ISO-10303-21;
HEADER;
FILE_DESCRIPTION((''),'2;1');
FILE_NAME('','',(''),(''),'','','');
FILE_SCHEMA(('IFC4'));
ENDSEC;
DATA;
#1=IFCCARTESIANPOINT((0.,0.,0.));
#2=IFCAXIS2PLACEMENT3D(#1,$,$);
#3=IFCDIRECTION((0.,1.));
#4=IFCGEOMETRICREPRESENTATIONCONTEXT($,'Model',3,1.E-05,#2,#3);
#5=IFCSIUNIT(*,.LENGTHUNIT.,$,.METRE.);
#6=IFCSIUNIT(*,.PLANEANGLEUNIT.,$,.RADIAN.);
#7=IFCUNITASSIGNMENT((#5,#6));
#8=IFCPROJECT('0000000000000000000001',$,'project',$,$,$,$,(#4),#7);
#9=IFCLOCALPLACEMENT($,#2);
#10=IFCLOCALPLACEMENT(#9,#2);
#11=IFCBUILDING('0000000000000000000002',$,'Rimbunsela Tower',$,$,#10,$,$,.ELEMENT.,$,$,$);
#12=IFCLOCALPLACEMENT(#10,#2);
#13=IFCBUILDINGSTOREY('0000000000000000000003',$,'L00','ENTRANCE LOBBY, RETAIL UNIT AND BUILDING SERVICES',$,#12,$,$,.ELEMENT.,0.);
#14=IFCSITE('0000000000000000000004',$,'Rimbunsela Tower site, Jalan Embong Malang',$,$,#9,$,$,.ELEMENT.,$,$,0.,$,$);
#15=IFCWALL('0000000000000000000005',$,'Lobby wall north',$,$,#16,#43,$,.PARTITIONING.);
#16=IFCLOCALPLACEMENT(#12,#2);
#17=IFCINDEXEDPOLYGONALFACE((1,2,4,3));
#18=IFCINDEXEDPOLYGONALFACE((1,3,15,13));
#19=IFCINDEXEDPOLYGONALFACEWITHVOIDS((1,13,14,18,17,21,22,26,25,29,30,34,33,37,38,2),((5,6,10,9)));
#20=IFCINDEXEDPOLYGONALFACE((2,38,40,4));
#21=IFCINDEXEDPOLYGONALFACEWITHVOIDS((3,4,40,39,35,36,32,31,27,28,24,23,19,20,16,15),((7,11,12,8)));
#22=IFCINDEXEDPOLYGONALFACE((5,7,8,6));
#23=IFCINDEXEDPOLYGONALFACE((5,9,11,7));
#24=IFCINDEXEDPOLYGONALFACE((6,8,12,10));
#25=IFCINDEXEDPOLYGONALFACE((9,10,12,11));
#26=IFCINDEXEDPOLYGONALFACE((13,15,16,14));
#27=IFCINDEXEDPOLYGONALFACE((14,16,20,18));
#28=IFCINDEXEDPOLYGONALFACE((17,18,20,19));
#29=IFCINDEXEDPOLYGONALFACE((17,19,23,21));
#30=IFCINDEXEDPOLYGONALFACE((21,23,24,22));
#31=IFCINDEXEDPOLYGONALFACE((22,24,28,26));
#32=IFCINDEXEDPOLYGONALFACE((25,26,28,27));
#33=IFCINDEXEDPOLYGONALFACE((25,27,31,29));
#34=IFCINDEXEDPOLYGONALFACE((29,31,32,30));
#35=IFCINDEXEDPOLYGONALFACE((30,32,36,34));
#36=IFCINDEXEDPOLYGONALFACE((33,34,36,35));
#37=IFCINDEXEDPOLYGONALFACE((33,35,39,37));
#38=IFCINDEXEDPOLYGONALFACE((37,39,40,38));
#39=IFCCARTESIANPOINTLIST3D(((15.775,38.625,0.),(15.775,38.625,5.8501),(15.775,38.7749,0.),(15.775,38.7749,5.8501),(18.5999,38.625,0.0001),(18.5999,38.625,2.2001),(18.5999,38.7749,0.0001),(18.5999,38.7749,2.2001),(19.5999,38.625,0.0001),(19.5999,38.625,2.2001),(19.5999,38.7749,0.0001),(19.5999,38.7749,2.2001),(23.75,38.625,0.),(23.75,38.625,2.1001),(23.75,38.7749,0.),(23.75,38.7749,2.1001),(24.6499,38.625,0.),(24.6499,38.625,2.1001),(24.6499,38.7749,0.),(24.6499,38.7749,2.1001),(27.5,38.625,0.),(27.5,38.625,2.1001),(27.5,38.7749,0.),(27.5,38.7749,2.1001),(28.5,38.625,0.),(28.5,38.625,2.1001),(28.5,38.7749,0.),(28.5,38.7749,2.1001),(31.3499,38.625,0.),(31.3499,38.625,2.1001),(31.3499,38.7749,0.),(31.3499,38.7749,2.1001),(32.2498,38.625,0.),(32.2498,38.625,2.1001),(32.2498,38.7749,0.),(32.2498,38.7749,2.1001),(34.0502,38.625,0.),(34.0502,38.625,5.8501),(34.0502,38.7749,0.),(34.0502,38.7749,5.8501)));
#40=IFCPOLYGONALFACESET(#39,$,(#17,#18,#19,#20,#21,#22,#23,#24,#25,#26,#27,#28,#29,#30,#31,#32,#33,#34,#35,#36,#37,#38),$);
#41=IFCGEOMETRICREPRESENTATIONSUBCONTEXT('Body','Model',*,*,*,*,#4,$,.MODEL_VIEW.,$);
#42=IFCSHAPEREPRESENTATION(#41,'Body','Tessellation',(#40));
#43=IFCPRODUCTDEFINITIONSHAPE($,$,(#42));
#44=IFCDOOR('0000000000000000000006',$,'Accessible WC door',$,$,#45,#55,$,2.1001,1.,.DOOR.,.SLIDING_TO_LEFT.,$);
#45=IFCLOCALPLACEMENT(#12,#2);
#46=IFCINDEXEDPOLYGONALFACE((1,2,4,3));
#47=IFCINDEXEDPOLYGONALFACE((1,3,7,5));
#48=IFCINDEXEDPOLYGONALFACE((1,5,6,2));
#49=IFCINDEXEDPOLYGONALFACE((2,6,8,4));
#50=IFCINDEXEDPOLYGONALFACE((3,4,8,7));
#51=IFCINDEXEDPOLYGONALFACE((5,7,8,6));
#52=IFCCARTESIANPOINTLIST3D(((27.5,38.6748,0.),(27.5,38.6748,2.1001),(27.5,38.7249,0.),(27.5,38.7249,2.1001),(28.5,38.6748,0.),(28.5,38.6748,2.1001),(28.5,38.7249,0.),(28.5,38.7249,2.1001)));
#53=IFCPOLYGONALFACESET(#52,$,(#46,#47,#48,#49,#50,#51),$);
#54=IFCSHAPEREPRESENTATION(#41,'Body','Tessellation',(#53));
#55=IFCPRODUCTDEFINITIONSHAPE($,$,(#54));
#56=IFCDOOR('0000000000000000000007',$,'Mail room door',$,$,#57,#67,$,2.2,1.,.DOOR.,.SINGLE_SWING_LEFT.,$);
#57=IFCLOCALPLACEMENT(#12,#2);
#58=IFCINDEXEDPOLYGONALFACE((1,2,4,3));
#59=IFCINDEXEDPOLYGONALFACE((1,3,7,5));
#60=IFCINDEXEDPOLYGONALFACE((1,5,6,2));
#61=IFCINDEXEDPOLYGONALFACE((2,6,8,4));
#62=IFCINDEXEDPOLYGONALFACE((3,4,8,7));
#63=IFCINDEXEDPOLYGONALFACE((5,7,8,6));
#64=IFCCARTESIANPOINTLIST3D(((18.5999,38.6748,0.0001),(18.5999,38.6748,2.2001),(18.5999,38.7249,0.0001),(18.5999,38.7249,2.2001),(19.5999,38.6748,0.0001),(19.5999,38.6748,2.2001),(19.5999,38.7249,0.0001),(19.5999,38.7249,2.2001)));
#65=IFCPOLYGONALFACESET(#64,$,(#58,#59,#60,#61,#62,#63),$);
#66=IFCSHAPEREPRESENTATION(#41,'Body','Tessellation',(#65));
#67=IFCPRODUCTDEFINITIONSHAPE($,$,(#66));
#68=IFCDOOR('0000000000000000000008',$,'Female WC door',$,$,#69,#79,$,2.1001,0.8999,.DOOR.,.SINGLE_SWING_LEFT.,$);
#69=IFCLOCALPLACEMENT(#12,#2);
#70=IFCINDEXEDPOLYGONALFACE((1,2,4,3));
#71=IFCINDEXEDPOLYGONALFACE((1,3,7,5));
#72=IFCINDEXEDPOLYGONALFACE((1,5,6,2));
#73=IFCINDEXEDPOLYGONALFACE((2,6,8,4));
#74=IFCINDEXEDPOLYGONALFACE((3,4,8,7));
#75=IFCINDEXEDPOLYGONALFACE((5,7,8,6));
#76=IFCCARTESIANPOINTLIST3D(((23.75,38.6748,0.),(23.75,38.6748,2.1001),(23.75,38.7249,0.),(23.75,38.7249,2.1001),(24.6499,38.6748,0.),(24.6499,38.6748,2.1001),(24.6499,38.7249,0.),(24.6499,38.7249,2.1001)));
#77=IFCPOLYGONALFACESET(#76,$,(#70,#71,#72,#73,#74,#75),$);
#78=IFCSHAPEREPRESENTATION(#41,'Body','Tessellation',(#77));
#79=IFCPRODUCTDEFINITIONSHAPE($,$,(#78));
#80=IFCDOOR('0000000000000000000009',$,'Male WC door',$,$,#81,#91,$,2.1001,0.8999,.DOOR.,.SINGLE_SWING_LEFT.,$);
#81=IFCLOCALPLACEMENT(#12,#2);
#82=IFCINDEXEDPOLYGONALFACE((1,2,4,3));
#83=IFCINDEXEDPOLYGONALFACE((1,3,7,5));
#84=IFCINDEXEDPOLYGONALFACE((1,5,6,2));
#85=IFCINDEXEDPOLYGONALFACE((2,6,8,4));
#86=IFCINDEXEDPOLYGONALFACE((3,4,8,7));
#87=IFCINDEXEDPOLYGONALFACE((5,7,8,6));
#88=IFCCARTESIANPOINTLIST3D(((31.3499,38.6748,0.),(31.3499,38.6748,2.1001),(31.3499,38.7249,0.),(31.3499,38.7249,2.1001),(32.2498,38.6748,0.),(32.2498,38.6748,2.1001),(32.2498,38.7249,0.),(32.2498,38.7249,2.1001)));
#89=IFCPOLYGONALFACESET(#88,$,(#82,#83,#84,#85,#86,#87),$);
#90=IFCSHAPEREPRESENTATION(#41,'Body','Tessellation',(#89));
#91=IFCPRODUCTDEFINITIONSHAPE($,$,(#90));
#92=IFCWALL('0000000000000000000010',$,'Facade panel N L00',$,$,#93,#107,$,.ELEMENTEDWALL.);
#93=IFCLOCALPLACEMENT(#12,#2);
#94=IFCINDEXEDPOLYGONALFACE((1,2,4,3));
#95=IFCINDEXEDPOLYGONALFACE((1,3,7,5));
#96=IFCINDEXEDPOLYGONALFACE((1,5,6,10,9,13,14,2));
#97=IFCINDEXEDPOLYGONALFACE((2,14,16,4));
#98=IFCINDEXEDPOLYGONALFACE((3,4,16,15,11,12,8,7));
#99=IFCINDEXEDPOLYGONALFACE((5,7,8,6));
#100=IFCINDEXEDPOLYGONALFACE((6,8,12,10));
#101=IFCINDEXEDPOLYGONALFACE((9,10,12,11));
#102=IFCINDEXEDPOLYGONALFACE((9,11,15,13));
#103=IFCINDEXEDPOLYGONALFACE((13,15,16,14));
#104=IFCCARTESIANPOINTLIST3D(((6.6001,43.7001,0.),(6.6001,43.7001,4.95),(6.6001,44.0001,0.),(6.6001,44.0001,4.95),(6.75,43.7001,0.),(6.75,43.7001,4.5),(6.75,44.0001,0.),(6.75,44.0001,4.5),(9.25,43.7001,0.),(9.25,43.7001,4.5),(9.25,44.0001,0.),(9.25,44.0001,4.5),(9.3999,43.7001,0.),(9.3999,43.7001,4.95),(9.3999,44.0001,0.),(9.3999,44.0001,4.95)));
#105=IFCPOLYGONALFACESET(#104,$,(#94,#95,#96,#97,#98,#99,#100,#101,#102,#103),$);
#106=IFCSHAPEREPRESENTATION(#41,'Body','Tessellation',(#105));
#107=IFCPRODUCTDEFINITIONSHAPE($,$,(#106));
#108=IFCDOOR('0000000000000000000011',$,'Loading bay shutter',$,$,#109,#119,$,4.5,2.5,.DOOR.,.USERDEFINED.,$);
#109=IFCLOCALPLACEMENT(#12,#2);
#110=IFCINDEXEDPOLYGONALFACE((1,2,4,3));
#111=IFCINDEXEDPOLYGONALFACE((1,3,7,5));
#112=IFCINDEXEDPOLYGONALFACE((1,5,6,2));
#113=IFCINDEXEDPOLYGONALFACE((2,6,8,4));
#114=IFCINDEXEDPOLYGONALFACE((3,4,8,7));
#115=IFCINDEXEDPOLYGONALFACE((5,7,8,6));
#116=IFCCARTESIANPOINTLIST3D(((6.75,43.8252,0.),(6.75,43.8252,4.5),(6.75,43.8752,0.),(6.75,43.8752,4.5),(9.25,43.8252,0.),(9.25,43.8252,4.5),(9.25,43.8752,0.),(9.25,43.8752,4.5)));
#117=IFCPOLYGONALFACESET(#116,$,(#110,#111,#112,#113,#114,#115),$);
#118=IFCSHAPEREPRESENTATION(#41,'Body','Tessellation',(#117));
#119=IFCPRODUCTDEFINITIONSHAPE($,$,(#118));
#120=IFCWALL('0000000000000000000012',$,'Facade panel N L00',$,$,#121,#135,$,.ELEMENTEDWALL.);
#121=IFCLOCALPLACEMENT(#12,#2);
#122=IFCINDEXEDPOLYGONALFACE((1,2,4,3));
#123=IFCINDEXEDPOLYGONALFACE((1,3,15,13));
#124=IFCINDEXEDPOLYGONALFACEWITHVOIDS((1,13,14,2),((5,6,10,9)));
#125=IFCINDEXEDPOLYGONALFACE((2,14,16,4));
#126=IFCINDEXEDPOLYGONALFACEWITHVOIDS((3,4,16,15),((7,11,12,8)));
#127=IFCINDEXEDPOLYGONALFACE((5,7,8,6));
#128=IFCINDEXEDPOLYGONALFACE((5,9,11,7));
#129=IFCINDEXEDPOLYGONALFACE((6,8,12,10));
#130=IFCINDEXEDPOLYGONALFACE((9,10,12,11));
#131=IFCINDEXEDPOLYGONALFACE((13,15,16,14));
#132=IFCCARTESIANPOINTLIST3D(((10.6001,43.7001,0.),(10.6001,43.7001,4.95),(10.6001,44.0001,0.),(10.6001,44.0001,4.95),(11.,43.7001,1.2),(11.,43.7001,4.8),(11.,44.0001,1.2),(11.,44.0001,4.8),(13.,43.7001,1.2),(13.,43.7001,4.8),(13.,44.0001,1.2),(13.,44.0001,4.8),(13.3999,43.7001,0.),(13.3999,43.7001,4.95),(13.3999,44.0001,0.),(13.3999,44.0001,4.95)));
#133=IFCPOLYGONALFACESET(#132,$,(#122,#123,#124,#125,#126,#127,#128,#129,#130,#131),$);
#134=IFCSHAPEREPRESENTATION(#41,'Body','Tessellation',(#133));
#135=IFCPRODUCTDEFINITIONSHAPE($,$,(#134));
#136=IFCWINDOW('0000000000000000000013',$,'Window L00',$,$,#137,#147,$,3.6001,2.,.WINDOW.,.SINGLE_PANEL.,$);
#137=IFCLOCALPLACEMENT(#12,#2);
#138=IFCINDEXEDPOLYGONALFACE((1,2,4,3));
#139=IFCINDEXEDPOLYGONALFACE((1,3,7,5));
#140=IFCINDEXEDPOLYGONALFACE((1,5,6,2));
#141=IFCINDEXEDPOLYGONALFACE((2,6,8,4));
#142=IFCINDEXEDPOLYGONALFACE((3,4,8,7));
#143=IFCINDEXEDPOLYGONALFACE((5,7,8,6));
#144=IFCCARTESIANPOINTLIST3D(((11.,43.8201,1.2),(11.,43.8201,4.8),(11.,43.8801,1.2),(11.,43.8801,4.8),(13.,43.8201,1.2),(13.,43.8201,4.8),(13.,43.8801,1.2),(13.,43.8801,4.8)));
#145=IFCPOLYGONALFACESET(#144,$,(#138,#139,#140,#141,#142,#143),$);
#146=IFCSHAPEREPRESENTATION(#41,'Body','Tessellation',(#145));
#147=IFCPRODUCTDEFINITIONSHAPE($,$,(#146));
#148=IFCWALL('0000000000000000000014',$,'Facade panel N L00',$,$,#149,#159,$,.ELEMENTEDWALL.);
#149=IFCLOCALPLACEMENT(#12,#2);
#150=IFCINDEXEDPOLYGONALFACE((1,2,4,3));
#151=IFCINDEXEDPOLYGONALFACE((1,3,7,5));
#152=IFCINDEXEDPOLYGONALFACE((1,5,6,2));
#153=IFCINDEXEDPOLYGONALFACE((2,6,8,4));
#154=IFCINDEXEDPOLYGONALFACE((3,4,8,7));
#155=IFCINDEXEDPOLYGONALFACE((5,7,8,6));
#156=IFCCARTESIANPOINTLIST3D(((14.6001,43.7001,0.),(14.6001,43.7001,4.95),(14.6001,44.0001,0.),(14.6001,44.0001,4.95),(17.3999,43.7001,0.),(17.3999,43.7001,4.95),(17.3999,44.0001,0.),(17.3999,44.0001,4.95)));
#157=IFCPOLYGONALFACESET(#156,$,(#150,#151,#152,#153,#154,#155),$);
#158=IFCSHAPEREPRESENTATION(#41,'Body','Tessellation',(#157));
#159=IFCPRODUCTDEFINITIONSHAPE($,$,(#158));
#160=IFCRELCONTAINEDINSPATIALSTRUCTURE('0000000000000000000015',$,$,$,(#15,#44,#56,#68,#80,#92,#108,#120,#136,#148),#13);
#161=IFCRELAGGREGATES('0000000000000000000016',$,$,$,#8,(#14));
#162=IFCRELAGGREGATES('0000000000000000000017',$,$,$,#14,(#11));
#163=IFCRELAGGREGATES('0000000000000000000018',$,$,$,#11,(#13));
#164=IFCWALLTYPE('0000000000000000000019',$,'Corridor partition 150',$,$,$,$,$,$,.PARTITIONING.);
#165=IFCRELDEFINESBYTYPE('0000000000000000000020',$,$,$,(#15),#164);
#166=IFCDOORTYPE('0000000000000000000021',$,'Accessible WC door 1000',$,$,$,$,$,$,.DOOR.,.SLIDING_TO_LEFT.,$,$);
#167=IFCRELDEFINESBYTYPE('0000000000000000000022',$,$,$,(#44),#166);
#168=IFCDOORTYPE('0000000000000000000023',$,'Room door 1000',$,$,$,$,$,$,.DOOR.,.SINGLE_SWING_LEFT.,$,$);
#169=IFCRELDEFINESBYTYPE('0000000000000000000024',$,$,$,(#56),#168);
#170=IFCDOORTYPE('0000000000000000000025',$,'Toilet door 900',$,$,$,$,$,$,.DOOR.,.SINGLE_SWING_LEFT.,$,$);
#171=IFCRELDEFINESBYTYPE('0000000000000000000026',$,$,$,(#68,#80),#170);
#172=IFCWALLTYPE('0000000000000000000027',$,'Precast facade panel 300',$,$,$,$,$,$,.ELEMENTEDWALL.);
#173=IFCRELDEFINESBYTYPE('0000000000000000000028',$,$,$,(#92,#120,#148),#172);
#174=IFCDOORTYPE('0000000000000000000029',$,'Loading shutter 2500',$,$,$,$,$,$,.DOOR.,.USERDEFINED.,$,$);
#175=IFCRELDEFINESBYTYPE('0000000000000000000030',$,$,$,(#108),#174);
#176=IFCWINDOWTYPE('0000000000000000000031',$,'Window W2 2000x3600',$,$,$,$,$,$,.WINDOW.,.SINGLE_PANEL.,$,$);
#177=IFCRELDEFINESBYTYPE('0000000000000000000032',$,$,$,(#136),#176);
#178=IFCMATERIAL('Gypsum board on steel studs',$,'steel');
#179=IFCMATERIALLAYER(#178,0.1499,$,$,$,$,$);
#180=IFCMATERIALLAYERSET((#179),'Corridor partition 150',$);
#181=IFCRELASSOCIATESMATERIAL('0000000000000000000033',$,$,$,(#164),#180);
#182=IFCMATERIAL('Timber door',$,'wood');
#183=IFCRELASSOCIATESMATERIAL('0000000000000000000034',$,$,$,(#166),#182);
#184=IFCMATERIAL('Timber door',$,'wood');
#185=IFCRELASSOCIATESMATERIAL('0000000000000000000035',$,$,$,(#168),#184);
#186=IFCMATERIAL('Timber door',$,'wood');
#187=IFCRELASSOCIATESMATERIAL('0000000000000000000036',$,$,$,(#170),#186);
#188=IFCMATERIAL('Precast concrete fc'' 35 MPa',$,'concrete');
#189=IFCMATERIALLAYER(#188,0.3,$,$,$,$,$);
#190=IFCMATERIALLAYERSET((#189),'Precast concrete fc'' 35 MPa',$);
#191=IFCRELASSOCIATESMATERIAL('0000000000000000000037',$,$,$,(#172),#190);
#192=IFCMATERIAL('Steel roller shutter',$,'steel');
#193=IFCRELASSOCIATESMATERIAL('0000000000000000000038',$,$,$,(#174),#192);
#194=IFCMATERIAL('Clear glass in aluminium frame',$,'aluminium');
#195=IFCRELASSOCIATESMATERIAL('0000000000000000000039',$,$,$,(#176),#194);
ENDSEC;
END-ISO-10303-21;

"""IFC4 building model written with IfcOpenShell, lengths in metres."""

from ifc_helpers import new_model, si_unit, direction, frame, frame_2d, origin, place, context, subcontext, project, spatial, rectangle, extrude, material, layer, layer_set, type_object, element, fill, save


model = new_model("IFC4")

# Units and contexts
model_context = context("Model", 3, precision=1e-05, world=origin(), true_north=direction((0.0, 1.0)))
body_context = subcontext(model_context, "Body", "Model", "MODEL_VIEW")
ifc_project = project(units=[si_unit("LENGTHUNIT", "METRE"), si_unit("PLANEANGLEUNIT", "RADIAN")], contexts=[model_context])

# Site, building, storey
site_placement = place(None, origin())
site = spatial("IfcSite", under=ifc_project, at=site_placement, Name="Rimbunsela Tower site, Jalan Embong Malang", CompositionType="ELEMENT", RefElevation=0.0)
building_placement = place(site_placement, origin())
building = spatial("IfcBuilding", under=site, at=building_placement, Name="Rimbunsela Tower", CompositionType="ELEMENT")
storey_placement = place(building_placement, origin())
storey = spatial("IfcBuildingStorey", under=building, at=storey_placement, Name="L00", Description="ENTRANCE LOBBY, RETAIL UNIT AND BUILDING SERVICES", CompositionType="ELEMENT", Elevation=0.0)

# Wall, openings, doors
ifc_material_1 = material(Name="Gypsum board on steel studs", Category="steel")
ifc_layer_1 = layer(ifc_material_1, 0.1499)
ifc_layer_set_1 = layer_set([ifc_layer_1], Name="Corridor partition 150")
wall_type_1 = type_object("IfcWallType", Name="Corridor partition 150", PredefinedType="PARTITIONING", material=ifc_layer_set_1)
wall_1_placement = place(storey_placement, frame((15.7749, 38.7, 0.0), z_axis=(0.0, 0.0, 1.0), x_axis=(1.0, 0.0, 0.0)))
wall_1 = element("IfcWall", 1, at=wall_1_placement, inside=storey, type_object=wall_type_1, Name="Lobby wall north", PredefinedType="PARTITIONING", context=body_context, shape_type="SweptSolid", body=[
    extrude(rectangle(XDim=18.2751, YDim=0.1499, at=frame_2d((9.1377, 0.0))), origin(), (0.0, 0.0, 1.0), 5.8501),
])
opening_1_placement = place(wall_1_placement, frame((2.825, 0.0, 0.0)))
opening_1 = element("IfcOpeningElement", 2, at=opening_1_placement, cuts=wall_1, PredefinedType="OPENING", context=body_context, shape_type="SweptSolid", body=[
    extrude(rectangle(XDim=1.0, YDim=2.2, at=frame_2d((0.5, 1.1001))), frame((0.0, 0.085, 0.0), z_axis=(0.0, -1.0, 0.0), x_axis=(1.0, 0.0, 0.0)), (0.0, 0.0, 1.0), 0.1699),
])
opening_2_placement = place(wall_1_placement, frame((7.9751, 0.0, 0.0)))
opening_2 = element("IfcOpeningElement", 3, at=opening_2_placement, cuts=wall_1, PredefinedType="OPENING", context=body_context, shape_type="SweptSolid", body=[
    extrude(rectangle(XDim=0.8999, YDim=2.1001, at=frame_2d((0.45, 1.05))), frame((0.0, 0.085, 0.0), z_axis=(0.0, -1.0, 0.0), x_axis=(1.0, 0.0, 0.0)), (0.0, 0.0, 1.0), 0.1699),
])
opening_3_placement = place(wall_1_placement, frame((11.7251, 0.0, 0.0)))
opening_3 = element("IfcOpeningElement", 4, at=opening_3_placement, cuts=wall_1, PredefinedType="OPENING", context=body_context, shape_type="SweptSolid", body=[
    extrude(rectangle(XDim=1.0, YDim=2.1001, at=frame_2d((0.5, 1.05))), frame((0.0, 0.085, 0.0), z_axis=(0.0, -1.0, 0.0), x_axis=(1.0, 0.0, 0.0)), (0.0, 0.0, 1.0), 0.1699),
])
opening_4_placement = place(wall_1_placement, frame((15.575, 0.0, 0.0)))
opening_4 = element("IfcOpeningElement", 5, at=opening_4_placement, cuts=wall_1, PredefinedType="OPENING", context=body_context, shape_type="SweptSolid", body=[
    extrude(rectangle(XDim=0.8999, YDim=2.1001, at=frame_2d((0.45, 1.05))), frame((0.0, 0.085, 0.0), z_axis=(0.0, -1.0, 0.0), x_axis=(1.0, 0.0, 0.0)), (0.0, 0.0, 1.0), 0.1699),
])
ifc_material_2 = material(Name="Timber door", Category="wood")
door_type_1 = type_object("IfcDoorType", Name="Accessible WC door 1000", OperationType="SLIDING_TO_LEFT", PredefinedType="DOOR", material=ifc_material_2)
door_1_placement = place(opening_3_placement, origin())
door_1 = element("IfcDoor", 6, at=door_1_placement, inside=storey, type_object=door_type_1, Name="Accessible WC door", OperationType="SLIDING_TO_LEFT", OverallHeight=2.1001, OverallWidth=1.0, PredefinedType="DOOR", context=body_context, shape_type="SweptSolid", body=[
    extrude(rectangle(XDim=1.0, YDim=2.1001, at=frame_2d((0.5, 1.05))), frame((0.0, 0.0249, 0.0), z_axis=(0.0, -1.0, 0.0), x_axis=(1.0, 0.0, 0.0)), (0.0, 0.0, 1.0), 0.05),
])
fill(opening_3, door_1)
ifc_material_3 = material(Name="Timber door", Category="wood")
door_type_2 = type_object("IfcDoorType", Name="Room door 1000", OperationType="SINGLE_SWING_LEFT", PredefinedType="DOOR", material=ifc_material_3)
door_2_placement = place(opening_1_placement, origin())
door_2 = element("IfcDoor", 7, at=door_2_placement, inside=storey, type_object=door_type_2, Name="Mail room door", OperationType="SINGLE_SWING_LEFT", OverallHeight=2.2, OverallWidth=1.0, PredefinedType="DOOR", context=body_context, shape_type="SweptSolid", body=[
    extrude(rectangle(XDim=1.0, YDim=2.2, at=frame_2d((0.5, 1.1001))), frame((0.0, 0.0249, 0.0), z_axis=(0.0, -1.0, 0.0), x_axis=(1.0, 0.0, 0.0)), (0.0, 0.0, 1.0), 0.05),
])
fill(opening_1, door_2)
ifc_material_4 = material(Name="Timber door", Category="wood")
door_type_3 = type_object("IfcDoorType", Name="Toilet door 900", OperationType="SINGLE_SWING_LEFT", PredefinedType="DOOR", material=ifc_material_4)
door_3_placement = place(opening_2_placement, origin())
door_3 = element("IfcDoor", 8, at=door_3_placement, inside=storey, type_object=door_type_3, Name="Female WC door", OperationType="SINGLE_SWING_LEFT", OverallHeight=2.1001, OverallWidth=0.8999, PredefinedType="DOOR", context=body_context, shape_type="SweptSolid", body=[
    extrude(rectangle(XDim=0.8999, YDim=2.1001, at=frame_2d((0.45, 1.05))), frame((0.0, 0.0249, 0.0), z_axis=(0.0, -1.0, 0.0), x_axis=(1.0, 0.0, 0.0)), (0.0, 0.0, 1.0), 0.05),
])
fill(opening_2, door_3)
door_4_placement = place(opening_4_placement, origin())
door_4 = element("IfcDoor", 9, at=door_4_placement, inside=storey, type_object=door_type_3, Name="Male WC door", OperationType="SINGLE_SWING_LEFT", OverallHeight=2.1001, OverallWidth=0.8999, PredefinedType="DOOR", context=body_context, shape_type="SweptSolid", body=[
    extrude(rectangle(XDim=0.8999, YDim=2.1001, at=frame_2d((0.45, 1.05))), frame((0.0, 0.0249, 0.0), z_axis=(0.0, -1.0, 0.0), x_axis=(1.0, 0.0, 0.0)), (0.0, 0.0, 1.0), 0.05),
])
fill(opening_4, door_4)

# Wall, opening, door
ifc_material_5 = material(Name="Precast concrete fc' 35 MPa", Category="concrete")
ifc_layer_2 = layer(ifc_material_5, 0.3)
ifc_layer_set_2 = layer_set([ifc_layer_2], Name="Precast concrete fc' 35 MPa")
wall_type_2 = type_object("IfcWallType", Name="Precast facade panel 300", PredefinedType="ELEMENTEDWALL", material=ifc_layer_set_2)
wall_2_placement = place(storey_placement, frame((9.3999, 43.8501, 0.0), z_axis=(0.0, 0.0, 1.0), x_axis=(-1.0, 0.0, 0.0)))
wall_2 = element("IfcWall", 10, at=wall_2_placement, inside=storey, type_object=wall_type_2, Name="Facade panel N L00", PredefinedType="ELEMENTEDWALL", context=body_context, shape_type="SweptSolid", body=[
    extrude(rectangle(XDim=2.7998, YDim=0.3, at=frame_2d((1.3999, 0.0))), origin(), (0.0, 0.0, 1.0), 4.95),
])
opening_5_placement = place(wall_2_placement, frame((0.1499, 0.0, 0.0)))
opening_5 = element("IfcOpeningElement", 11, at=opening_5_placement, cuts=wall_2, PredefinedType="OPENING", context=body_context, shape_type="SweptSolid", body=[
    extrude(rectangle(XDim=2.5, YDim=4.5, at=frame_2d((1.25, 2.25))), frame((0.0, 0.1599, 0.0), z_axis=(0.0, -1.0, 0.0), x_axis=(1.0, 0.0, 0.0)), (0.0, 0.0, 1.0), 0.3201),
])
ifc_material_6 = material(Name="Steel roller shutter", Category="steel")
door_type_4 = type_object("IfcDoorType", Name="Loading shutter 2500", OperationType="USERDEFINED", PredefinedType="DOOR", material=ifc_material_6)
door_5_placement = place(opening_5_placement, origin())
door_5 = element("IfcDoor", 12, at=door_5_placement, inside=storey, type_object=door_type_4, Name="Loading bay shutter", OperationType="USERDEFINED", OverallHeight=4.5, OverallWidth=2.5, PredefinedType="DOOR", context=body_context, shape_type="SweptSolid", body=[
    extrude(rectangle(XDim=2.5, YDim=4.5, at=frame_2d((1.25, 2.25))), frame((0.0, 0.0249, 0.0), z_axis=(0.0, -1.0, 0.0), x_axis=(1.0, 0.0, 0.0)), (0.0, 0.0, 1.0), 0.05),
])
fill(opening_5, door_5)

# Wall, opening, window
wall_3_placement = place(storey_placement, frame((13.3999, 43.8501, 0.0), z_axis=(0.0, 0.0, 1.0), x_axis=(-1.0, 0.0, 0.0)))
wall_3 = element("IfcWall", 13, at=wall_3_placement, inside=storey, type_object=wall_type_2, Name="Facade panel N L00", PredefinedType="ELEMENTEDWALL", context=body_context, shape_type="SweptSolid", body=[
    extrude(rectangle(XDim=2.7998, YDim=0.3, at=frame_2d((1.3999, 0.0))), origin(), (0.0, 0.0, 1.0), 4.95),
])
opening_6_placement = place(wall_3_placement, frame((0.3999, 0.0, 1.2)))
opening_6 = element("IfcOpeningElement", 14, at=opening_6_placement, cuts=wall_3, PredefinedType="OPENING", context=body_context, shape_type="SweptSolid", body=[
    extrude(rectangle(XDim=2.0, YDim=3.6001, at=frame_2d((1.0, 1.8))), frame((0.0, 0.1599, 0.0), z_axis=(0.0, -1.0, 0.0), x_axis=(1.0, 0.0, 0.0)), (0.0, 0.0, 1.0), 0.3201),
])
ifc_material_7 = material(Name="Clear glass in aluminium frame", Category="aluminium")
window_type = type_object("IfcWindowType", Name="Window W2 2000x3600", PartitioningType="SINGLE_PANEL", PredefinedType="WINDOW", material=ifc_material_7)
window_1_placement = place(opening_6_placement, origin())
window_1 = element("IfcWindow", 15, at=window_1_placement, inside=storey, type_object=window_type, Name="Window L00", OverallHeight=3.6001, OverallWidth=2.0, PartitioningType="SINGLE_PANEL", PredefinedType="WINDOW", context=body_context, shape_type="SweptSolid", body=[
    extrude(rectangle(XDim=2.0, YDim=3.6001, at=frame_2d((1.0, 1.8))), frame((0.0, 0.03, 0.0), z_axis=(0.0, -1.0, 0.0), x_axis=(1.0, 0.0, 0.0)), (0.0, 0.0, 1.0), 0.0601),
])
fill(opening_6, window_1)

# Wall
wall_4_placement = place(storey_placement, frame((17.3999, 43.8501, 0.0), z_axis=(0.0, 0.0, 1.0), x_axis=(-1.0, 0.0, 0.0)))
element("IfcWall", 16, at=wall_4_placement, inside=storey, type_object=wall_type_2, Name="Facade panel N L00", PredefinedType="ELEMENTEDWALL", context=body_context, shape_type="SweptSolid", body=[
    extrude(rectangle(XDim=2.7998, YDim=0.3, at=frame_2d((1.3999, 0.0))), origin(), (0.0, 0.0, 1.0), 4.95),
])

save(model, "model.ifc")
